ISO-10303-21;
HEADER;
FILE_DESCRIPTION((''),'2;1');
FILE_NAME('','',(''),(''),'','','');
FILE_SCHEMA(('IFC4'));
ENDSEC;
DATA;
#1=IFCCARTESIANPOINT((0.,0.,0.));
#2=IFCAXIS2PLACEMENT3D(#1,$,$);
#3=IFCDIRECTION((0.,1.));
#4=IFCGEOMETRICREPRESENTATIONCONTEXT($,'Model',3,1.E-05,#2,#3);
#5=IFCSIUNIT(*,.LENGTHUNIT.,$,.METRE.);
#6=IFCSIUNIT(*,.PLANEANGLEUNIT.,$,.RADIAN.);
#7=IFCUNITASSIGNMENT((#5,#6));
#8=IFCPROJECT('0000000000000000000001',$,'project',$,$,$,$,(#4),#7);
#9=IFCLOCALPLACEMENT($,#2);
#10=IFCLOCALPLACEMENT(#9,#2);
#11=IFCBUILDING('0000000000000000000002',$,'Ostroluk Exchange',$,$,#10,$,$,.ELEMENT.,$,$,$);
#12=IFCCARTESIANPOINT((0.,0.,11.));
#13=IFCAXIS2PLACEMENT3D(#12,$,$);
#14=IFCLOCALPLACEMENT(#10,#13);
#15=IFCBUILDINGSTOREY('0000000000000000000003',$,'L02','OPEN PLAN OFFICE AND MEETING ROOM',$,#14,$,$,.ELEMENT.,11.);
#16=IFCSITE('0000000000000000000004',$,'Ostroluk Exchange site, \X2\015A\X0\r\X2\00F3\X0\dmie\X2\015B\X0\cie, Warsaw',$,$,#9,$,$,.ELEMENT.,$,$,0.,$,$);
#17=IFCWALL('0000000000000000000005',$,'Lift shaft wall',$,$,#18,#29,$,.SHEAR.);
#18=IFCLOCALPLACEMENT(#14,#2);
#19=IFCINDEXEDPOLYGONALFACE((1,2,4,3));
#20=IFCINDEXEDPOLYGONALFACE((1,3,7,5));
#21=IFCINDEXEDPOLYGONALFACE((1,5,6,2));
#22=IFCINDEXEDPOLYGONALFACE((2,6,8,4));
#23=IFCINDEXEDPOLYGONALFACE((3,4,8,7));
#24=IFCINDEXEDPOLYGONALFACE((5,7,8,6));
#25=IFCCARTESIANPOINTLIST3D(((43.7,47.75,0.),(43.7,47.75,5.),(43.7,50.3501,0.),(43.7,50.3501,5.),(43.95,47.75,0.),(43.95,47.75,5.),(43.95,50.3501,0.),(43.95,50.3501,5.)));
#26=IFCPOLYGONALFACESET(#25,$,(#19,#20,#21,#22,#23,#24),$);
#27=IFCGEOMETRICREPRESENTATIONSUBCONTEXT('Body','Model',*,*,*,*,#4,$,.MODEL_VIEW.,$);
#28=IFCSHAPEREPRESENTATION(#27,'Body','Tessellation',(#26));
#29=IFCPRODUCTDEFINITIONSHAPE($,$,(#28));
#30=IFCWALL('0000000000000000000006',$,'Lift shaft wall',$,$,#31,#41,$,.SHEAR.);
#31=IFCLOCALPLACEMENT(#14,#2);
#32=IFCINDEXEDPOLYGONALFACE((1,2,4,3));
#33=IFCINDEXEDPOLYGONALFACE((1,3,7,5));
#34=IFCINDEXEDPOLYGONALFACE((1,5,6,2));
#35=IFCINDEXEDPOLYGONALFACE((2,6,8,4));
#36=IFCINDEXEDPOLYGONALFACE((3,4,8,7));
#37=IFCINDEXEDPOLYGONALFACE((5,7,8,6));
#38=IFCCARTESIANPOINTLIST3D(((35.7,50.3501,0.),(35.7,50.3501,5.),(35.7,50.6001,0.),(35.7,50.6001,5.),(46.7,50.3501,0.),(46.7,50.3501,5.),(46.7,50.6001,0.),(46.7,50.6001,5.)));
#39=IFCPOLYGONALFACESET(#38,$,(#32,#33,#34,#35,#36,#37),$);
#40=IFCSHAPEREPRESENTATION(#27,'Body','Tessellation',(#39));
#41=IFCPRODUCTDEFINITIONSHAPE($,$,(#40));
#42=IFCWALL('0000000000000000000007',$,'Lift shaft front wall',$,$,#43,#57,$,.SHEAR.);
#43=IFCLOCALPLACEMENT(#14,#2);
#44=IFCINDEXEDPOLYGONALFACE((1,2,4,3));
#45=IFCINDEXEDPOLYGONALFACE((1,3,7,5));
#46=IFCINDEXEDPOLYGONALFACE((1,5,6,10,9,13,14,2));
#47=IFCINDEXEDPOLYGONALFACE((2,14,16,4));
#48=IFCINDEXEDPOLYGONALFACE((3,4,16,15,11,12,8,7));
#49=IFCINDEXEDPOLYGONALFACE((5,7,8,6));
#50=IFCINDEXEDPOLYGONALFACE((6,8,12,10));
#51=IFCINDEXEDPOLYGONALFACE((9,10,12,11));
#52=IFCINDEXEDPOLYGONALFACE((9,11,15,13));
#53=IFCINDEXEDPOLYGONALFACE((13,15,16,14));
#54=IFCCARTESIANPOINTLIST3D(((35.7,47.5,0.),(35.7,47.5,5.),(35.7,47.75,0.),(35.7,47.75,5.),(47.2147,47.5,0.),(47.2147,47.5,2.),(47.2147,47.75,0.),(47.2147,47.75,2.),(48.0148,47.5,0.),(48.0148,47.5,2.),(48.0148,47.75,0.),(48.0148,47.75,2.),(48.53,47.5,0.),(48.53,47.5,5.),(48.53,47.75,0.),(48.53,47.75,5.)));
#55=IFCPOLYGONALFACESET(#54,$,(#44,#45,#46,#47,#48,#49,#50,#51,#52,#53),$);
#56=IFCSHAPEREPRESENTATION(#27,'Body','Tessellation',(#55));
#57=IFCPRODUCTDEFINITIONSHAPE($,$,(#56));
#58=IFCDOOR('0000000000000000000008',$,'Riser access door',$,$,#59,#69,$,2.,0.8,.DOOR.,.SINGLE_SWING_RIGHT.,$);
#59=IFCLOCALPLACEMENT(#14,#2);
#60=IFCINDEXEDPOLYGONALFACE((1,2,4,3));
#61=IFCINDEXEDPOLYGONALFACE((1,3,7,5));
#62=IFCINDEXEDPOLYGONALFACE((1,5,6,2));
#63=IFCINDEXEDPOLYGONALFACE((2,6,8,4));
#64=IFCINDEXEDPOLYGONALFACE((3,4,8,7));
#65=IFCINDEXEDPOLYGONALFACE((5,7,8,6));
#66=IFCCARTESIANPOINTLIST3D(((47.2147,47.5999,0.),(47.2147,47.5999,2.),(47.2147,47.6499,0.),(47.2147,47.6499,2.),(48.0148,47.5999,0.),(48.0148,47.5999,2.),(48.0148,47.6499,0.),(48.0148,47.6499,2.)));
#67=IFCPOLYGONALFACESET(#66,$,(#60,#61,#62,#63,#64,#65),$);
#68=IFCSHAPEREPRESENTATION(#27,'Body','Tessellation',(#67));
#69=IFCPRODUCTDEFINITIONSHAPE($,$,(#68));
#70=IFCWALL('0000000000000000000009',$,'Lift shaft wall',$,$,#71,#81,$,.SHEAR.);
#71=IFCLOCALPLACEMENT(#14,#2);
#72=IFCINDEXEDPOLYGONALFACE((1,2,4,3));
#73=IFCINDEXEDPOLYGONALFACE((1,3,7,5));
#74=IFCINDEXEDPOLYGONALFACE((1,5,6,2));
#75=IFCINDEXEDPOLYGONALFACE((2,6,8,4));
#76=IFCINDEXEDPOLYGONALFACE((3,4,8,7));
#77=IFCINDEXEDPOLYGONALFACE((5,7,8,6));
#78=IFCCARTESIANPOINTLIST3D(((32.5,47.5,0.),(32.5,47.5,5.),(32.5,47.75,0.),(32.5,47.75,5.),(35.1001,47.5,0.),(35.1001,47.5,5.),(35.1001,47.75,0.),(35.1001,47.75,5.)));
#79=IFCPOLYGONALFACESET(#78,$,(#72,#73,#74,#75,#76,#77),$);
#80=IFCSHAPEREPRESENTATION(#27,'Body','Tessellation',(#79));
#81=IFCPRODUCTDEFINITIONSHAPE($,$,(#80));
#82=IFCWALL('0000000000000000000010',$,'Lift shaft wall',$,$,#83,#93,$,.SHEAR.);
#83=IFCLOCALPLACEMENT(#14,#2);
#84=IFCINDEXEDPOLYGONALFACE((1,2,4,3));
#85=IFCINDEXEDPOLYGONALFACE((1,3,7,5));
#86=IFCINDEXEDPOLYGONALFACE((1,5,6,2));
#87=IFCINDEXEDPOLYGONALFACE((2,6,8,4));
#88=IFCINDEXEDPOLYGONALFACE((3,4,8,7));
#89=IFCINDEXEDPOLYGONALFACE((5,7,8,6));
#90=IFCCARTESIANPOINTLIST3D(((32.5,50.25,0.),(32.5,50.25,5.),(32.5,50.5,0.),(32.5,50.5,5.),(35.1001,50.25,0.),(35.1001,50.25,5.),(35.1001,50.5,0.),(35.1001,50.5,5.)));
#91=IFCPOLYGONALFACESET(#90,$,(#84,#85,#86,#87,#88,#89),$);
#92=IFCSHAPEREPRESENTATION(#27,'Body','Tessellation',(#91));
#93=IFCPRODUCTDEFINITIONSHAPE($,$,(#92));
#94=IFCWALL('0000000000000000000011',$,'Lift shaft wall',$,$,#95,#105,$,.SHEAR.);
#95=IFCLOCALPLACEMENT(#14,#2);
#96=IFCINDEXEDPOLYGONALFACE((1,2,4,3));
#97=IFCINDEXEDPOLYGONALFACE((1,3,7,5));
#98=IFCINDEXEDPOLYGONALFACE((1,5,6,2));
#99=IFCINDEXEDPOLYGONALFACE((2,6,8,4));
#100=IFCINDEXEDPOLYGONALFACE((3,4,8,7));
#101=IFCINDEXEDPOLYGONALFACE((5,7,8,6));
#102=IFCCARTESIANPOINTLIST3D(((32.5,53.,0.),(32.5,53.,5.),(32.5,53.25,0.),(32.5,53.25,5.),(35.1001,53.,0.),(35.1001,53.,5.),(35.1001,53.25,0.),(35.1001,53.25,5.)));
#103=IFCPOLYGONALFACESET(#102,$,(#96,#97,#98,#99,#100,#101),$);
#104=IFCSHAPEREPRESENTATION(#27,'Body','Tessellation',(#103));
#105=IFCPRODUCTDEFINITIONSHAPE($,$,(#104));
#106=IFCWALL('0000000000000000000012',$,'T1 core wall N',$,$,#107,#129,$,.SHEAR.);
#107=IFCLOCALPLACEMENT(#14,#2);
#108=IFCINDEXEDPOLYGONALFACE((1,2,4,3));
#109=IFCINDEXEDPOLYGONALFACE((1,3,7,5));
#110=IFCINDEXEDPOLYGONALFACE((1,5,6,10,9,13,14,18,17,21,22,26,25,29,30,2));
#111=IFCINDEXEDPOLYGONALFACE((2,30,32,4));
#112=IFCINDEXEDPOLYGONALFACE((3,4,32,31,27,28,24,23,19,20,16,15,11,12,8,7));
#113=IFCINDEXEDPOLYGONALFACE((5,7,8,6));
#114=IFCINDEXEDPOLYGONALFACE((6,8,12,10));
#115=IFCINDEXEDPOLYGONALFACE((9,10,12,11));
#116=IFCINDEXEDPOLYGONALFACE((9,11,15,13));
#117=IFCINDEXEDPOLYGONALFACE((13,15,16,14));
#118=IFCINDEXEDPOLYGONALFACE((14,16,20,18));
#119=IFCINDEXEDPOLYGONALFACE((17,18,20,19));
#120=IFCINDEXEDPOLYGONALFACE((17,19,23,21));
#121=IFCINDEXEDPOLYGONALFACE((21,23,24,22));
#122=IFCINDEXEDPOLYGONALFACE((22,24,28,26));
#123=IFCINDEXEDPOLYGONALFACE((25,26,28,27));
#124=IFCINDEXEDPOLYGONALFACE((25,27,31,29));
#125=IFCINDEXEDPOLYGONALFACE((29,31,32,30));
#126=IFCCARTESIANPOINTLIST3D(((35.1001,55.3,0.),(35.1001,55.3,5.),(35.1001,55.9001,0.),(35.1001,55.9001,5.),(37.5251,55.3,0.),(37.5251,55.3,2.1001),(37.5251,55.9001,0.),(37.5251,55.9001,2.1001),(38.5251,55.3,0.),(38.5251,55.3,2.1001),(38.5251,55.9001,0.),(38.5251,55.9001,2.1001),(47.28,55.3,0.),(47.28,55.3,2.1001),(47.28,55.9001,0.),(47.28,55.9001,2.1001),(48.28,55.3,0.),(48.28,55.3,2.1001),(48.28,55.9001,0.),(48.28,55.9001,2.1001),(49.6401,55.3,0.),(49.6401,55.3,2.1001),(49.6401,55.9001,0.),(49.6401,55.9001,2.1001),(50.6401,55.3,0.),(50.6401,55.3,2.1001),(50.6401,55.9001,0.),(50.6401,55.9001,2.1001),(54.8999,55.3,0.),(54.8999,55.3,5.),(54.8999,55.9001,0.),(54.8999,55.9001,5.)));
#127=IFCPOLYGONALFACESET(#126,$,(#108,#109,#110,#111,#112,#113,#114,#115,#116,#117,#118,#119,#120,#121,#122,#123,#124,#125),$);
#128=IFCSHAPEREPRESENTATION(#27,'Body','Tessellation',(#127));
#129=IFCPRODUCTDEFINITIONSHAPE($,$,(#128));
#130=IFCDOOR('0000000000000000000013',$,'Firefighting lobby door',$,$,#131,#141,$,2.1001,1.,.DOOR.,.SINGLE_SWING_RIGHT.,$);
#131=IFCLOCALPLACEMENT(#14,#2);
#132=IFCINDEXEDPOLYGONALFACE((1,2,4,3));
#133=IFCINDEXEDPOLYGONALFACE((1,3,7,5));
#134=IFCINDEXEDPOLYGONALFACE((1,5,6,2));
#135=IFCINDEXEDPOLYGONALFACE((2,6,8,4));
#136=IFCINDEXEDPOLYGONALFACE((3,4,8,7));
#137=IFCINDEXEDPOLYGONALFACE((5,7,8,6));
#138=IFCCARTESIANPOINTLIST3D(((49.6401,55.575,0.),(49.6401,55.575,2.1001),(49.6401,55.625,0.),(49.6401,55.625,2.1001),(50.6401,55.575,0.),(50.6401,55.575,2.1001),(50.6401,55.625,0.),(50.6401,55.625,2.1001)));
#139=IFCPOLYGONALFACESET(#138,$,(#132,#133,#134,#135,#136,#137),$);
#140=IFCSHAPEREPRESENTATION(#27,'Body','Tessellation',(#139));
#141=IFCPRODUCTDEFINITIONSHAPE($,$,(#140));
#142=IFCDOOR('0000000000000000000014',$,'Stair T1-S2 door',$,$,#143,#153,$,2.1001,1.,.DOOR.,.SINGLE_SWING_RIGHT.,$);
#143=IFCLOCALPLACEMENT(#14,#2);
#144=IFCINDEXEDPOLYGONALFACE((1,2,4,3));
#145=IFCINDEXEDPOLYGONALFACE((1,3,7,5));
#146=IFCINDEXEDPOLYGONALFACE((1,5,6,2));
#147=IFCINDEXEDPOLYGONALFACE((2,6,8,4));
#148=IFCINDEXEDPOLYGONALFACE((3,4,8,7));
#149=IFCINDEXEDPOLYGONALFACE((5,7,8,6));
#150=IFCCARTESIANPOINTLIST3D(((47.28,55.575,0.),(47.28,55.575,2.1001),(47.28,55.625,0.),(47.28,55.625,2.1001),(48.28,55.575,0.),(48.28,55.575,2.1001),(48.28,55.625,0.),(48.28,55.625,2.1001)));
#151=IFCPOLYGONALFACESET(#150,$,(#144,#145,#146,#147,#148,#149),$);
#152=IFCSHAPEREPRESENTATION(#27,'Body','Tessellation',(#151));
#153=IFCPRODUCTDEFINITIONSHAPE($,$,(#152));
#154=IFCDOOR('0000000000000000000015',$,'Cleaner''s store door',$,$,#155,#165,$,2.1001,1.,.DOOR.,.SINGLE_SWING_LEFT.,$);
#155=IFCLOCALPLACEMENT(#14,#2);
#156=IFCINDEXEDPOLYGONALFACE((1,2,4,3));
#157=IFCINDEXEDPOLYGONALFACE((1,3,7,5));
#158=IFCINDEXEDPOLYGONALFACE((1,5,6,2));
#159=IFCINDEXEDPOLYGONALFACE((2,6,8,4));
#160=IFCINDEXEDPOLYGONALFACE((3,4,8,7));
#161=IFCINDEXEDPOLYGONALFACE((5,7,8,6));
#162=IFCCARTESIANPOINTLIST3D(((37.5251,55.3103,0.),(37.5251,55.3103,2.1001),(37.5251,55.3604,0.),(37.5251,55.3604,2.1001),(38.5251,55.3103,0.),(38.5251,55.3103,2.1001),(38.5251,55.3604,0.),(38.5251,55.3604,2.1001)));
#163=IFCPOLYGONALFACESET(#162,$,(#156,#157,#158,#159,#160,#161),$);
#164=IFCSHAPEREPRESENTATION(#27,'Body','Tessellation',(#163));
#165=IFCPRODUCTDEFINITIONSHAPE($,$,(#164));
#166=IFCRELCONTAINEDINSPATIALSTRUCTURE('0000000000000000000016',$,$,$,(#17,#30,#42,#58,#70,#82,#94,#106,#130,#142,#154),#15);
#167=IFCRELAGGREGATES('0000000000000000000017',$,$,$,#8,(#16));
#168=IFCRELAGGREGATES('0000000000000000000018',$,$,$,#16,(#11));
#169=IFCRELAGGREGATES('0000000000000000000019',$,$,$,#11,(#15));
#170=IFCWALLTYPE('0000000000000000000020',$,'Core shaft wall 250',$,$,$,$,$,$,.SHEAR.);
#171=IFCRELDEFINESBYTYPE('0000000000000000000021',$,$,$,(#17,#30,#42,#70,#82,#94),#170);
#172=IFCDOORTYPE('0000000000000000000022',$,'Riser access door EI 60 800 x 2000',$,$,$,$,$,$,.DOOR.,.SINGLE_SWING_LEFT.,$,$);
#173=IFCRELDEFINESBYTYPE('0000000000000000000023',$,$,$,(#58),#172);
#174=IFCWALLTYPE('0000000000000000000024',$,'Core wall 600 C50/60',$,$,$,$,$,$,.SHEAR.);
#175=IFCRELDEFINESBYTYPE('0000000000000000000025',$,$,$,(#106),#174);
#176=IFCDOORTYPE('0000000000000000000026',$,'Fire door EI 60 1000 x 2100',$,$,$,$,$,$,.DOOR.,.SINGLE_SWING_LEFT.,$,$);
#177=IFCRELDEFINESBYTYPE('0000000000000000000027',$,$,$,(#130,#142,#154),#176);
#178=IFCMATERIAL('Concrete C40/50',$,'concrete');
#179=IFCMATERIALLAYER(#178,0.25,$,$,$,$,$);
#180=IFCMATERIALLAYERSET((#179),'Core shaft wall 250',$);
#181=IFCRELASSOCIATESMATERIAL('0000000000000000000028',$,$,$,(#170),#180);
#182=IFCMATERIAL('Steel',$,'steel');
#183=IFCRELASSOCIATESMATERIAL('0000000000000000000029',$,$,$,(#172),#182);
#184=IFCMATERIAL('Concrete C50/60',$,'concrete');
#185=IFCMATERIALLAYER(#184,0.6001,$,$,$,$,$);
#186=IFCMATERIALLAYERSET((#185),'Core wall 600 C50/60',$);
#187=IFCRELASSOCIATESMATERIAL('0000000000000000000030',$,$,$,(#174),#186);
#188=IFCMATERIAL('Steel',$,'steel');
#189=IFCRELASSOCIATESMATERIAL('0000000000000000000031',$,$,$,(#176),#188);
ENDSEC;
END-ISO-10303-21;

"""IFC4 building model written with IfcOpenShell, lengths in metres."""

from ifc_helpers import new_model, si_unit, direction, frame, frame_2d, origin, place, context, subcontext, project, spatial, rectangle, extrude, material, layer, layer_set, type_object, element, fill, save


model = new_model("IFC4")

# Units and contexts
model_context = context("Model", 3, precision=1e-05, world=origin(), true_north=direction((0.0, 1.0)))
body_context = subcontext(model_context, "Body", "Model", "MODEL_VIEW")
ifc_project = project(units=[si_unit("LENGTHUNIT", "METRE"), si_unit("PLANEANGLEUNIT", "RADIAN")], contexts=[model_context])

# Site, building, storey
site_placement = place(None, origin())
site = spatial("IfcSite", under=ifc_project, at=site_placement, Name="Ostroluk Exchange site, Śródmieście, Warsaw", CompositionType="ELEMENT", RefElevation=0.0)
building_placement = place(site_placement, origin())
building = spatial("IfcBuilding", under=site, at=building_placement, Name="Ostroluk Exchange", CompositionType="ELEMENT")
storey_placement = place(building_placement, frame((0.0, 0.0, 11.0)))
storey = spatial("IfcBuildingStorey", under=building, at=storey_placement, Name="L02", Description="OPEN PLAN OFFICE AND MEETING ROOM", CompositionType="ELEMENT", Elevation=11.0)

# Walls
ifc_material_1 = material(Name="Concrete C40/50", Category="concrete")
ifc_layer_1 = layer(ifc_material_1, 0.25)
ifc_layer_set_1 = layer_set([ifc_layer_1], Name="Core shaft wall 250")
wall_type_1 = type_object("IfcWallType", Name="Core shaft wall 250", PredefinedType="SHEAR", material=ifc_layer_set_1)
for number, where, z_axis, x_axis, name in (
    (1, (43.825, 47.75, 0.0), (0.0, 0.0, 1.0), (0.0, 1.0, 0.0), "Lift shaft wall"),
):
    element("IfcWall", number, at=place(storey_placement, frame(where, z_axis=z_axis, x_axis=x_axis)), inside=storey, type_object=wall_type_1, Name=name, PredefinedType="SHEAR", context=body_context, shape_type="SweptSolid", body=[
        extrude(rectangle(XDim=2.6001, YDim=0.25, at=frame_2d((1.3, 0.0))), origin(), (0.0, 0.0, 1.0), 5.0),
    ])
wall_1_placement = place(storey_placement, frame((35.7, 50.4751, 0.0), z_axis=(0.0, 0.0, 1.0), x_axis=(1.0, 0.0, 0.0)))
element("IfcWall", 2, at=wall_1_placement, inside=storey, type_object=wall_type_1, Name="Lift shaft wall", PredefinedType="SHEAR", context=body_context, shape_type="SweptSolid", body=[
    extrude(rectangle(XDim=11.0, YDim=0.25, at=frame_2d((5.5, 0.0))), origin(), (0.0, 0.0, 1.0), 5.0),
])

# Wall, opening, door
wall_2_placement = place(storey_placement, frame((35.7, 47.625, 0.0), z_axis=(0.0, 0.0, 1.0), x_axis=(1.0, 0.0, 0.0)))
wall_2 = element("IfcWall", 3, at=wall_2_placement, inside=storey, type_object=wall_type_1, Name="Lift shaft front wall", PredefinedType="SHEAR", context=body_context, shape_type="SweptSolid", body=[
    extrude(rectangle(XDim=12.8301, YDim=0.25, at=frame_2d((6.415, 0.0))), origin(), (0.0, 0.0, 1.0), 5.0),
])
opening_1_placement = place(wall_2_placement, frame((11.5149, 0.0, 0.0)))
opening_1 = element("IfcOpeningElement", 4, at=opening_1_placement, cuts=wall_2, PredefinedType="OPENING", context=body_context, shape_type="SweptSolid", body=[
    extrude(rectangle(XDim=0.8, YDim=2.0, at=frame_2d((0.3999, 1.0))), frame((0.0, 0.135, 0.0), z_axis=(0.0, -1.0, 0.0), x_axis=(1.0, 0.0, 0.0)), (0.0, 0.0, 1.0), 0.27),
])
ifc_material_2 = material(Name="Steel", Category="steel")
door_type_1 = type_object("IfcDoorType", Name="Riser access door EI 60 800 x 2000", OperationType="SINGLE_SWING_LEFT", PredefinedType="DOOR", material=ifc_material_2)
door_1_placement = place(opening_1_placement, origin())
door_1 = element("IfcDoor", 5, at=door_1_placement, inside=storey, type_object=door_type_1, Name="Riser access door", OperationType="SINGLE_SWING_RIGHT", OverallHeight=2.0, OverallWidth=0.8, PredefinedType="DOOR", context=body_context, shape_type="SweptSolid", body=[
    extrude(rectangle(XDim=0.8, YDim=2.0, at=frame_2d((0.3999, 1.0))), frame((0.0, 0.0249, 0.0), z_axis=(0.0, -1.0, 0.0), x_axis=(1.0, 0.0, 0.0)), (0.0, 0.0, 1.0), 0.05),
])
fill(opening_1, door_1)

# Walls
for number, where, z_axis, x_axis, name in (
    (6, (32.5, 47.625, 0.0), (0.0, 0.0, 1.0), (1.0, 0.0, 0.0), "Lift shaft wall"),
    (7, (32.5, 50.375, 0.0), (0.0, 0.0, 1.0), (1.0, 0.0, 0.0), "Lift shaft wall"),
    (8, (32.5, 53.125, 0.0), (0.0, 0.0, 1.0), (1.0, 0.0, 0.0), "Lift shaft wall"),
):
    element("IfcWall", number, at=place(storey_placement, frame(where, z_axis=z_axis, x_axis=x_axis)), inside=storey, type_object=wall_type_1, Name=name, PredefinedType="SHEAR", context=body_context, shape_type="SweptSolid", body=[
        extrude(rectangle(XDim=2.6001, YDim=0.25, at=frame_2d((1.3, 0.0))), origin(), (0.0, 0.0, 1.0), 5.0),
    ])

# Wall, openings, doors
ifc_material_3 = material(Name="Concrete C50/60", Category="concrete")
ifc_layer_2 = layer(ifc_material_3, 0.6001)
ifc_layer_set_2 = layer_set([ifc_layer_2], Name="Core wall 600 C50/60")
wall_type_2 = type_object("IfcWallType", Name="Core wall 600 C50/60", PredefinedType="SHEAR", material=ifc_layer_set_2)
wall_3_placement = place(storey_placement, frame((35.1001, 55.6001, 0.0), z_axis=(0.0, 0.0, 1.0), x_axis=(1.0, 0.0, 0.0)))
wall_3 = element("IfcWall", 9, at=wall_3_placement, inside=storey, type_object=wall_type_2, Name="T1 core wall N", PredefinedType="SHEAR", context=body_context, shape_type="SweptSolid", body=[
    extrude(rectangle(XDim=19.7998, YDim=0.6001, at=frame_2d((9.8999, 0.0))), origin(), (0.0, 0.0, 1.0), 5.0),
])
opening_2_placement = place(wall_3_placement, frame((14.54, 0.0, 0.0)))
opening_2 = element("IfcOpeningElement", 10, at=opening_2_placement, cuts=wall_3, PredefinedType="OPENING", context=body_context, shape_type="SweptSolid", body=[
    extrude(rectangle(XDim=1.0, YDim=2.1001, at=frame_2d((0.5, 1.05))), frame((0.0, 0.3101, 0.0), z_axis=(0.0, -1.0, 0.0), x_axis=(1.0, 0.0, 0.0)), (0.0, 0.0, 1.0), 0.6201),
])
opening_3_placement = place(wall_3_placement, frame((12.1799, 0.0, 0.0)))
opening_3 = element("IfcOpeningElement", 11, at=opening_3_placement, cuts=wall_3, PredefinedType="OPENING", context=body_context, shape_type="SweptSolid", body=[
    extrude(rectangle(XDim=1.0, YDim=2.1001, at=frame_2d((0.5, 1.05))), frame((0.0, 0.3101, 0.0), z_axis=(0.0, -1.0, 0.0), x_axis=(1.0, 0.0, 0.0)), (0.0, 0.0, 1.0), 0.6201),
])
opening_4_placement = place(wall_3_placement, frame((2.425, 0.0, 0.0)))
opening_4 = element("IfcOpeningElement", 12, at=opening_4_placement, cuts=wall_3, PredefinedType="OPENING", context=body_context, shape_type="SweptSolid", body=[
    extrude(rectangle(XDim=1.0, YDim=2.1001, at=frame_2d((0.5, 1.05))), frame((0.0, 0.3101, 0.0), z_axis=(0.0, -1.0, 0.0), x_axis=(1.0, 0.0, 0.0)), (0.0, 0.0, 1.0), 0.6201),
])
ifc_material_4 = material(Name="Steel", Category="steel")
door_type_2 = type_object("IfcDoorType", Name="Fire door EI 60 1000 x 2100", OperationType="SINGLE_SWING_LEFT", PredefinedType="DOOR", material=ifc_material_4)
door_2_placement = place(opening_2_placement, origin())
door_2 = element("IfcDoor", 13, at=door_2_placement, inside=storey, type_object=door_type_2, Name="Firefighting lobby door", OperationType="SINGLE_SWING_RIGHT", OverallHeight=2.1001, OverallWidth=1.0, PredefinedType="DOOR", context=body_context, shape_type="SweptSolid", body=[
    extrude(rectangle(XDim=1.0, YDim=2.1001, at=frame_2d((0.5, 1.05))), frame((0.0, 0.0249, 0.0), z_axis=(0.0, -1.0, 0.0), x_axis=(1.0, 0.0, 0.0)), (0.0, 0.0, 1.0), 0.05),
])
fill(opening_2, door_2)
door_3_placement = place(opening_3_placement, origin())
door_3 = element("IfcDoor", 14, at=door_3_placement, inside=storey, type_object=door_type_2, Name="Stair T1-S2 door", OperationType="SINGLE_SWING_RIGHT", OverallHeight=2.1001, OverallWidth=1.0, PredefinedType="DOOR", context=body_context, shape_type="SweptSolid", body=[
    extrude(rectangle(XDim=1.0, YDim=2.1001, at=frame_2d((0.5, 1.05))), frame((0.0, 0.0249, 0.0), z_axis=(0.0, -1.0, 0.0), x_axis=(1.0, 0.0, 0.0)), (0.0, 0.0, 1.0), 0.05),
])
fill(opening_3, door_3)
door_4_placement = place(opening_4_placement, origin())
door_4 = element("IfcDoor", 15, at=door_4_placement, inside=storey, type_object=door_type_2, Name="Cleaner's store door", OperationType="SINGLE_SWING_LEFT", OverallHeight=2.1001, OverallWidth=1.0, PredefinedType="DOOR", context=body_context, shape_type="SweptSolid", body=[
    extrude(rectangle(XDim=1.0, YDim=2.1001, at=frame_2d((0.5, 1.05))), frame((0.0, -0.2397, 0.0), z_axis=(0.0, -1.0, 0.0), x_axis=(1.0, 0.0, 0.0)), (0.0, 0.0, 1.0), 0.05),
])
fill(opening_4, door_4)

save(model, "model.ifc")
